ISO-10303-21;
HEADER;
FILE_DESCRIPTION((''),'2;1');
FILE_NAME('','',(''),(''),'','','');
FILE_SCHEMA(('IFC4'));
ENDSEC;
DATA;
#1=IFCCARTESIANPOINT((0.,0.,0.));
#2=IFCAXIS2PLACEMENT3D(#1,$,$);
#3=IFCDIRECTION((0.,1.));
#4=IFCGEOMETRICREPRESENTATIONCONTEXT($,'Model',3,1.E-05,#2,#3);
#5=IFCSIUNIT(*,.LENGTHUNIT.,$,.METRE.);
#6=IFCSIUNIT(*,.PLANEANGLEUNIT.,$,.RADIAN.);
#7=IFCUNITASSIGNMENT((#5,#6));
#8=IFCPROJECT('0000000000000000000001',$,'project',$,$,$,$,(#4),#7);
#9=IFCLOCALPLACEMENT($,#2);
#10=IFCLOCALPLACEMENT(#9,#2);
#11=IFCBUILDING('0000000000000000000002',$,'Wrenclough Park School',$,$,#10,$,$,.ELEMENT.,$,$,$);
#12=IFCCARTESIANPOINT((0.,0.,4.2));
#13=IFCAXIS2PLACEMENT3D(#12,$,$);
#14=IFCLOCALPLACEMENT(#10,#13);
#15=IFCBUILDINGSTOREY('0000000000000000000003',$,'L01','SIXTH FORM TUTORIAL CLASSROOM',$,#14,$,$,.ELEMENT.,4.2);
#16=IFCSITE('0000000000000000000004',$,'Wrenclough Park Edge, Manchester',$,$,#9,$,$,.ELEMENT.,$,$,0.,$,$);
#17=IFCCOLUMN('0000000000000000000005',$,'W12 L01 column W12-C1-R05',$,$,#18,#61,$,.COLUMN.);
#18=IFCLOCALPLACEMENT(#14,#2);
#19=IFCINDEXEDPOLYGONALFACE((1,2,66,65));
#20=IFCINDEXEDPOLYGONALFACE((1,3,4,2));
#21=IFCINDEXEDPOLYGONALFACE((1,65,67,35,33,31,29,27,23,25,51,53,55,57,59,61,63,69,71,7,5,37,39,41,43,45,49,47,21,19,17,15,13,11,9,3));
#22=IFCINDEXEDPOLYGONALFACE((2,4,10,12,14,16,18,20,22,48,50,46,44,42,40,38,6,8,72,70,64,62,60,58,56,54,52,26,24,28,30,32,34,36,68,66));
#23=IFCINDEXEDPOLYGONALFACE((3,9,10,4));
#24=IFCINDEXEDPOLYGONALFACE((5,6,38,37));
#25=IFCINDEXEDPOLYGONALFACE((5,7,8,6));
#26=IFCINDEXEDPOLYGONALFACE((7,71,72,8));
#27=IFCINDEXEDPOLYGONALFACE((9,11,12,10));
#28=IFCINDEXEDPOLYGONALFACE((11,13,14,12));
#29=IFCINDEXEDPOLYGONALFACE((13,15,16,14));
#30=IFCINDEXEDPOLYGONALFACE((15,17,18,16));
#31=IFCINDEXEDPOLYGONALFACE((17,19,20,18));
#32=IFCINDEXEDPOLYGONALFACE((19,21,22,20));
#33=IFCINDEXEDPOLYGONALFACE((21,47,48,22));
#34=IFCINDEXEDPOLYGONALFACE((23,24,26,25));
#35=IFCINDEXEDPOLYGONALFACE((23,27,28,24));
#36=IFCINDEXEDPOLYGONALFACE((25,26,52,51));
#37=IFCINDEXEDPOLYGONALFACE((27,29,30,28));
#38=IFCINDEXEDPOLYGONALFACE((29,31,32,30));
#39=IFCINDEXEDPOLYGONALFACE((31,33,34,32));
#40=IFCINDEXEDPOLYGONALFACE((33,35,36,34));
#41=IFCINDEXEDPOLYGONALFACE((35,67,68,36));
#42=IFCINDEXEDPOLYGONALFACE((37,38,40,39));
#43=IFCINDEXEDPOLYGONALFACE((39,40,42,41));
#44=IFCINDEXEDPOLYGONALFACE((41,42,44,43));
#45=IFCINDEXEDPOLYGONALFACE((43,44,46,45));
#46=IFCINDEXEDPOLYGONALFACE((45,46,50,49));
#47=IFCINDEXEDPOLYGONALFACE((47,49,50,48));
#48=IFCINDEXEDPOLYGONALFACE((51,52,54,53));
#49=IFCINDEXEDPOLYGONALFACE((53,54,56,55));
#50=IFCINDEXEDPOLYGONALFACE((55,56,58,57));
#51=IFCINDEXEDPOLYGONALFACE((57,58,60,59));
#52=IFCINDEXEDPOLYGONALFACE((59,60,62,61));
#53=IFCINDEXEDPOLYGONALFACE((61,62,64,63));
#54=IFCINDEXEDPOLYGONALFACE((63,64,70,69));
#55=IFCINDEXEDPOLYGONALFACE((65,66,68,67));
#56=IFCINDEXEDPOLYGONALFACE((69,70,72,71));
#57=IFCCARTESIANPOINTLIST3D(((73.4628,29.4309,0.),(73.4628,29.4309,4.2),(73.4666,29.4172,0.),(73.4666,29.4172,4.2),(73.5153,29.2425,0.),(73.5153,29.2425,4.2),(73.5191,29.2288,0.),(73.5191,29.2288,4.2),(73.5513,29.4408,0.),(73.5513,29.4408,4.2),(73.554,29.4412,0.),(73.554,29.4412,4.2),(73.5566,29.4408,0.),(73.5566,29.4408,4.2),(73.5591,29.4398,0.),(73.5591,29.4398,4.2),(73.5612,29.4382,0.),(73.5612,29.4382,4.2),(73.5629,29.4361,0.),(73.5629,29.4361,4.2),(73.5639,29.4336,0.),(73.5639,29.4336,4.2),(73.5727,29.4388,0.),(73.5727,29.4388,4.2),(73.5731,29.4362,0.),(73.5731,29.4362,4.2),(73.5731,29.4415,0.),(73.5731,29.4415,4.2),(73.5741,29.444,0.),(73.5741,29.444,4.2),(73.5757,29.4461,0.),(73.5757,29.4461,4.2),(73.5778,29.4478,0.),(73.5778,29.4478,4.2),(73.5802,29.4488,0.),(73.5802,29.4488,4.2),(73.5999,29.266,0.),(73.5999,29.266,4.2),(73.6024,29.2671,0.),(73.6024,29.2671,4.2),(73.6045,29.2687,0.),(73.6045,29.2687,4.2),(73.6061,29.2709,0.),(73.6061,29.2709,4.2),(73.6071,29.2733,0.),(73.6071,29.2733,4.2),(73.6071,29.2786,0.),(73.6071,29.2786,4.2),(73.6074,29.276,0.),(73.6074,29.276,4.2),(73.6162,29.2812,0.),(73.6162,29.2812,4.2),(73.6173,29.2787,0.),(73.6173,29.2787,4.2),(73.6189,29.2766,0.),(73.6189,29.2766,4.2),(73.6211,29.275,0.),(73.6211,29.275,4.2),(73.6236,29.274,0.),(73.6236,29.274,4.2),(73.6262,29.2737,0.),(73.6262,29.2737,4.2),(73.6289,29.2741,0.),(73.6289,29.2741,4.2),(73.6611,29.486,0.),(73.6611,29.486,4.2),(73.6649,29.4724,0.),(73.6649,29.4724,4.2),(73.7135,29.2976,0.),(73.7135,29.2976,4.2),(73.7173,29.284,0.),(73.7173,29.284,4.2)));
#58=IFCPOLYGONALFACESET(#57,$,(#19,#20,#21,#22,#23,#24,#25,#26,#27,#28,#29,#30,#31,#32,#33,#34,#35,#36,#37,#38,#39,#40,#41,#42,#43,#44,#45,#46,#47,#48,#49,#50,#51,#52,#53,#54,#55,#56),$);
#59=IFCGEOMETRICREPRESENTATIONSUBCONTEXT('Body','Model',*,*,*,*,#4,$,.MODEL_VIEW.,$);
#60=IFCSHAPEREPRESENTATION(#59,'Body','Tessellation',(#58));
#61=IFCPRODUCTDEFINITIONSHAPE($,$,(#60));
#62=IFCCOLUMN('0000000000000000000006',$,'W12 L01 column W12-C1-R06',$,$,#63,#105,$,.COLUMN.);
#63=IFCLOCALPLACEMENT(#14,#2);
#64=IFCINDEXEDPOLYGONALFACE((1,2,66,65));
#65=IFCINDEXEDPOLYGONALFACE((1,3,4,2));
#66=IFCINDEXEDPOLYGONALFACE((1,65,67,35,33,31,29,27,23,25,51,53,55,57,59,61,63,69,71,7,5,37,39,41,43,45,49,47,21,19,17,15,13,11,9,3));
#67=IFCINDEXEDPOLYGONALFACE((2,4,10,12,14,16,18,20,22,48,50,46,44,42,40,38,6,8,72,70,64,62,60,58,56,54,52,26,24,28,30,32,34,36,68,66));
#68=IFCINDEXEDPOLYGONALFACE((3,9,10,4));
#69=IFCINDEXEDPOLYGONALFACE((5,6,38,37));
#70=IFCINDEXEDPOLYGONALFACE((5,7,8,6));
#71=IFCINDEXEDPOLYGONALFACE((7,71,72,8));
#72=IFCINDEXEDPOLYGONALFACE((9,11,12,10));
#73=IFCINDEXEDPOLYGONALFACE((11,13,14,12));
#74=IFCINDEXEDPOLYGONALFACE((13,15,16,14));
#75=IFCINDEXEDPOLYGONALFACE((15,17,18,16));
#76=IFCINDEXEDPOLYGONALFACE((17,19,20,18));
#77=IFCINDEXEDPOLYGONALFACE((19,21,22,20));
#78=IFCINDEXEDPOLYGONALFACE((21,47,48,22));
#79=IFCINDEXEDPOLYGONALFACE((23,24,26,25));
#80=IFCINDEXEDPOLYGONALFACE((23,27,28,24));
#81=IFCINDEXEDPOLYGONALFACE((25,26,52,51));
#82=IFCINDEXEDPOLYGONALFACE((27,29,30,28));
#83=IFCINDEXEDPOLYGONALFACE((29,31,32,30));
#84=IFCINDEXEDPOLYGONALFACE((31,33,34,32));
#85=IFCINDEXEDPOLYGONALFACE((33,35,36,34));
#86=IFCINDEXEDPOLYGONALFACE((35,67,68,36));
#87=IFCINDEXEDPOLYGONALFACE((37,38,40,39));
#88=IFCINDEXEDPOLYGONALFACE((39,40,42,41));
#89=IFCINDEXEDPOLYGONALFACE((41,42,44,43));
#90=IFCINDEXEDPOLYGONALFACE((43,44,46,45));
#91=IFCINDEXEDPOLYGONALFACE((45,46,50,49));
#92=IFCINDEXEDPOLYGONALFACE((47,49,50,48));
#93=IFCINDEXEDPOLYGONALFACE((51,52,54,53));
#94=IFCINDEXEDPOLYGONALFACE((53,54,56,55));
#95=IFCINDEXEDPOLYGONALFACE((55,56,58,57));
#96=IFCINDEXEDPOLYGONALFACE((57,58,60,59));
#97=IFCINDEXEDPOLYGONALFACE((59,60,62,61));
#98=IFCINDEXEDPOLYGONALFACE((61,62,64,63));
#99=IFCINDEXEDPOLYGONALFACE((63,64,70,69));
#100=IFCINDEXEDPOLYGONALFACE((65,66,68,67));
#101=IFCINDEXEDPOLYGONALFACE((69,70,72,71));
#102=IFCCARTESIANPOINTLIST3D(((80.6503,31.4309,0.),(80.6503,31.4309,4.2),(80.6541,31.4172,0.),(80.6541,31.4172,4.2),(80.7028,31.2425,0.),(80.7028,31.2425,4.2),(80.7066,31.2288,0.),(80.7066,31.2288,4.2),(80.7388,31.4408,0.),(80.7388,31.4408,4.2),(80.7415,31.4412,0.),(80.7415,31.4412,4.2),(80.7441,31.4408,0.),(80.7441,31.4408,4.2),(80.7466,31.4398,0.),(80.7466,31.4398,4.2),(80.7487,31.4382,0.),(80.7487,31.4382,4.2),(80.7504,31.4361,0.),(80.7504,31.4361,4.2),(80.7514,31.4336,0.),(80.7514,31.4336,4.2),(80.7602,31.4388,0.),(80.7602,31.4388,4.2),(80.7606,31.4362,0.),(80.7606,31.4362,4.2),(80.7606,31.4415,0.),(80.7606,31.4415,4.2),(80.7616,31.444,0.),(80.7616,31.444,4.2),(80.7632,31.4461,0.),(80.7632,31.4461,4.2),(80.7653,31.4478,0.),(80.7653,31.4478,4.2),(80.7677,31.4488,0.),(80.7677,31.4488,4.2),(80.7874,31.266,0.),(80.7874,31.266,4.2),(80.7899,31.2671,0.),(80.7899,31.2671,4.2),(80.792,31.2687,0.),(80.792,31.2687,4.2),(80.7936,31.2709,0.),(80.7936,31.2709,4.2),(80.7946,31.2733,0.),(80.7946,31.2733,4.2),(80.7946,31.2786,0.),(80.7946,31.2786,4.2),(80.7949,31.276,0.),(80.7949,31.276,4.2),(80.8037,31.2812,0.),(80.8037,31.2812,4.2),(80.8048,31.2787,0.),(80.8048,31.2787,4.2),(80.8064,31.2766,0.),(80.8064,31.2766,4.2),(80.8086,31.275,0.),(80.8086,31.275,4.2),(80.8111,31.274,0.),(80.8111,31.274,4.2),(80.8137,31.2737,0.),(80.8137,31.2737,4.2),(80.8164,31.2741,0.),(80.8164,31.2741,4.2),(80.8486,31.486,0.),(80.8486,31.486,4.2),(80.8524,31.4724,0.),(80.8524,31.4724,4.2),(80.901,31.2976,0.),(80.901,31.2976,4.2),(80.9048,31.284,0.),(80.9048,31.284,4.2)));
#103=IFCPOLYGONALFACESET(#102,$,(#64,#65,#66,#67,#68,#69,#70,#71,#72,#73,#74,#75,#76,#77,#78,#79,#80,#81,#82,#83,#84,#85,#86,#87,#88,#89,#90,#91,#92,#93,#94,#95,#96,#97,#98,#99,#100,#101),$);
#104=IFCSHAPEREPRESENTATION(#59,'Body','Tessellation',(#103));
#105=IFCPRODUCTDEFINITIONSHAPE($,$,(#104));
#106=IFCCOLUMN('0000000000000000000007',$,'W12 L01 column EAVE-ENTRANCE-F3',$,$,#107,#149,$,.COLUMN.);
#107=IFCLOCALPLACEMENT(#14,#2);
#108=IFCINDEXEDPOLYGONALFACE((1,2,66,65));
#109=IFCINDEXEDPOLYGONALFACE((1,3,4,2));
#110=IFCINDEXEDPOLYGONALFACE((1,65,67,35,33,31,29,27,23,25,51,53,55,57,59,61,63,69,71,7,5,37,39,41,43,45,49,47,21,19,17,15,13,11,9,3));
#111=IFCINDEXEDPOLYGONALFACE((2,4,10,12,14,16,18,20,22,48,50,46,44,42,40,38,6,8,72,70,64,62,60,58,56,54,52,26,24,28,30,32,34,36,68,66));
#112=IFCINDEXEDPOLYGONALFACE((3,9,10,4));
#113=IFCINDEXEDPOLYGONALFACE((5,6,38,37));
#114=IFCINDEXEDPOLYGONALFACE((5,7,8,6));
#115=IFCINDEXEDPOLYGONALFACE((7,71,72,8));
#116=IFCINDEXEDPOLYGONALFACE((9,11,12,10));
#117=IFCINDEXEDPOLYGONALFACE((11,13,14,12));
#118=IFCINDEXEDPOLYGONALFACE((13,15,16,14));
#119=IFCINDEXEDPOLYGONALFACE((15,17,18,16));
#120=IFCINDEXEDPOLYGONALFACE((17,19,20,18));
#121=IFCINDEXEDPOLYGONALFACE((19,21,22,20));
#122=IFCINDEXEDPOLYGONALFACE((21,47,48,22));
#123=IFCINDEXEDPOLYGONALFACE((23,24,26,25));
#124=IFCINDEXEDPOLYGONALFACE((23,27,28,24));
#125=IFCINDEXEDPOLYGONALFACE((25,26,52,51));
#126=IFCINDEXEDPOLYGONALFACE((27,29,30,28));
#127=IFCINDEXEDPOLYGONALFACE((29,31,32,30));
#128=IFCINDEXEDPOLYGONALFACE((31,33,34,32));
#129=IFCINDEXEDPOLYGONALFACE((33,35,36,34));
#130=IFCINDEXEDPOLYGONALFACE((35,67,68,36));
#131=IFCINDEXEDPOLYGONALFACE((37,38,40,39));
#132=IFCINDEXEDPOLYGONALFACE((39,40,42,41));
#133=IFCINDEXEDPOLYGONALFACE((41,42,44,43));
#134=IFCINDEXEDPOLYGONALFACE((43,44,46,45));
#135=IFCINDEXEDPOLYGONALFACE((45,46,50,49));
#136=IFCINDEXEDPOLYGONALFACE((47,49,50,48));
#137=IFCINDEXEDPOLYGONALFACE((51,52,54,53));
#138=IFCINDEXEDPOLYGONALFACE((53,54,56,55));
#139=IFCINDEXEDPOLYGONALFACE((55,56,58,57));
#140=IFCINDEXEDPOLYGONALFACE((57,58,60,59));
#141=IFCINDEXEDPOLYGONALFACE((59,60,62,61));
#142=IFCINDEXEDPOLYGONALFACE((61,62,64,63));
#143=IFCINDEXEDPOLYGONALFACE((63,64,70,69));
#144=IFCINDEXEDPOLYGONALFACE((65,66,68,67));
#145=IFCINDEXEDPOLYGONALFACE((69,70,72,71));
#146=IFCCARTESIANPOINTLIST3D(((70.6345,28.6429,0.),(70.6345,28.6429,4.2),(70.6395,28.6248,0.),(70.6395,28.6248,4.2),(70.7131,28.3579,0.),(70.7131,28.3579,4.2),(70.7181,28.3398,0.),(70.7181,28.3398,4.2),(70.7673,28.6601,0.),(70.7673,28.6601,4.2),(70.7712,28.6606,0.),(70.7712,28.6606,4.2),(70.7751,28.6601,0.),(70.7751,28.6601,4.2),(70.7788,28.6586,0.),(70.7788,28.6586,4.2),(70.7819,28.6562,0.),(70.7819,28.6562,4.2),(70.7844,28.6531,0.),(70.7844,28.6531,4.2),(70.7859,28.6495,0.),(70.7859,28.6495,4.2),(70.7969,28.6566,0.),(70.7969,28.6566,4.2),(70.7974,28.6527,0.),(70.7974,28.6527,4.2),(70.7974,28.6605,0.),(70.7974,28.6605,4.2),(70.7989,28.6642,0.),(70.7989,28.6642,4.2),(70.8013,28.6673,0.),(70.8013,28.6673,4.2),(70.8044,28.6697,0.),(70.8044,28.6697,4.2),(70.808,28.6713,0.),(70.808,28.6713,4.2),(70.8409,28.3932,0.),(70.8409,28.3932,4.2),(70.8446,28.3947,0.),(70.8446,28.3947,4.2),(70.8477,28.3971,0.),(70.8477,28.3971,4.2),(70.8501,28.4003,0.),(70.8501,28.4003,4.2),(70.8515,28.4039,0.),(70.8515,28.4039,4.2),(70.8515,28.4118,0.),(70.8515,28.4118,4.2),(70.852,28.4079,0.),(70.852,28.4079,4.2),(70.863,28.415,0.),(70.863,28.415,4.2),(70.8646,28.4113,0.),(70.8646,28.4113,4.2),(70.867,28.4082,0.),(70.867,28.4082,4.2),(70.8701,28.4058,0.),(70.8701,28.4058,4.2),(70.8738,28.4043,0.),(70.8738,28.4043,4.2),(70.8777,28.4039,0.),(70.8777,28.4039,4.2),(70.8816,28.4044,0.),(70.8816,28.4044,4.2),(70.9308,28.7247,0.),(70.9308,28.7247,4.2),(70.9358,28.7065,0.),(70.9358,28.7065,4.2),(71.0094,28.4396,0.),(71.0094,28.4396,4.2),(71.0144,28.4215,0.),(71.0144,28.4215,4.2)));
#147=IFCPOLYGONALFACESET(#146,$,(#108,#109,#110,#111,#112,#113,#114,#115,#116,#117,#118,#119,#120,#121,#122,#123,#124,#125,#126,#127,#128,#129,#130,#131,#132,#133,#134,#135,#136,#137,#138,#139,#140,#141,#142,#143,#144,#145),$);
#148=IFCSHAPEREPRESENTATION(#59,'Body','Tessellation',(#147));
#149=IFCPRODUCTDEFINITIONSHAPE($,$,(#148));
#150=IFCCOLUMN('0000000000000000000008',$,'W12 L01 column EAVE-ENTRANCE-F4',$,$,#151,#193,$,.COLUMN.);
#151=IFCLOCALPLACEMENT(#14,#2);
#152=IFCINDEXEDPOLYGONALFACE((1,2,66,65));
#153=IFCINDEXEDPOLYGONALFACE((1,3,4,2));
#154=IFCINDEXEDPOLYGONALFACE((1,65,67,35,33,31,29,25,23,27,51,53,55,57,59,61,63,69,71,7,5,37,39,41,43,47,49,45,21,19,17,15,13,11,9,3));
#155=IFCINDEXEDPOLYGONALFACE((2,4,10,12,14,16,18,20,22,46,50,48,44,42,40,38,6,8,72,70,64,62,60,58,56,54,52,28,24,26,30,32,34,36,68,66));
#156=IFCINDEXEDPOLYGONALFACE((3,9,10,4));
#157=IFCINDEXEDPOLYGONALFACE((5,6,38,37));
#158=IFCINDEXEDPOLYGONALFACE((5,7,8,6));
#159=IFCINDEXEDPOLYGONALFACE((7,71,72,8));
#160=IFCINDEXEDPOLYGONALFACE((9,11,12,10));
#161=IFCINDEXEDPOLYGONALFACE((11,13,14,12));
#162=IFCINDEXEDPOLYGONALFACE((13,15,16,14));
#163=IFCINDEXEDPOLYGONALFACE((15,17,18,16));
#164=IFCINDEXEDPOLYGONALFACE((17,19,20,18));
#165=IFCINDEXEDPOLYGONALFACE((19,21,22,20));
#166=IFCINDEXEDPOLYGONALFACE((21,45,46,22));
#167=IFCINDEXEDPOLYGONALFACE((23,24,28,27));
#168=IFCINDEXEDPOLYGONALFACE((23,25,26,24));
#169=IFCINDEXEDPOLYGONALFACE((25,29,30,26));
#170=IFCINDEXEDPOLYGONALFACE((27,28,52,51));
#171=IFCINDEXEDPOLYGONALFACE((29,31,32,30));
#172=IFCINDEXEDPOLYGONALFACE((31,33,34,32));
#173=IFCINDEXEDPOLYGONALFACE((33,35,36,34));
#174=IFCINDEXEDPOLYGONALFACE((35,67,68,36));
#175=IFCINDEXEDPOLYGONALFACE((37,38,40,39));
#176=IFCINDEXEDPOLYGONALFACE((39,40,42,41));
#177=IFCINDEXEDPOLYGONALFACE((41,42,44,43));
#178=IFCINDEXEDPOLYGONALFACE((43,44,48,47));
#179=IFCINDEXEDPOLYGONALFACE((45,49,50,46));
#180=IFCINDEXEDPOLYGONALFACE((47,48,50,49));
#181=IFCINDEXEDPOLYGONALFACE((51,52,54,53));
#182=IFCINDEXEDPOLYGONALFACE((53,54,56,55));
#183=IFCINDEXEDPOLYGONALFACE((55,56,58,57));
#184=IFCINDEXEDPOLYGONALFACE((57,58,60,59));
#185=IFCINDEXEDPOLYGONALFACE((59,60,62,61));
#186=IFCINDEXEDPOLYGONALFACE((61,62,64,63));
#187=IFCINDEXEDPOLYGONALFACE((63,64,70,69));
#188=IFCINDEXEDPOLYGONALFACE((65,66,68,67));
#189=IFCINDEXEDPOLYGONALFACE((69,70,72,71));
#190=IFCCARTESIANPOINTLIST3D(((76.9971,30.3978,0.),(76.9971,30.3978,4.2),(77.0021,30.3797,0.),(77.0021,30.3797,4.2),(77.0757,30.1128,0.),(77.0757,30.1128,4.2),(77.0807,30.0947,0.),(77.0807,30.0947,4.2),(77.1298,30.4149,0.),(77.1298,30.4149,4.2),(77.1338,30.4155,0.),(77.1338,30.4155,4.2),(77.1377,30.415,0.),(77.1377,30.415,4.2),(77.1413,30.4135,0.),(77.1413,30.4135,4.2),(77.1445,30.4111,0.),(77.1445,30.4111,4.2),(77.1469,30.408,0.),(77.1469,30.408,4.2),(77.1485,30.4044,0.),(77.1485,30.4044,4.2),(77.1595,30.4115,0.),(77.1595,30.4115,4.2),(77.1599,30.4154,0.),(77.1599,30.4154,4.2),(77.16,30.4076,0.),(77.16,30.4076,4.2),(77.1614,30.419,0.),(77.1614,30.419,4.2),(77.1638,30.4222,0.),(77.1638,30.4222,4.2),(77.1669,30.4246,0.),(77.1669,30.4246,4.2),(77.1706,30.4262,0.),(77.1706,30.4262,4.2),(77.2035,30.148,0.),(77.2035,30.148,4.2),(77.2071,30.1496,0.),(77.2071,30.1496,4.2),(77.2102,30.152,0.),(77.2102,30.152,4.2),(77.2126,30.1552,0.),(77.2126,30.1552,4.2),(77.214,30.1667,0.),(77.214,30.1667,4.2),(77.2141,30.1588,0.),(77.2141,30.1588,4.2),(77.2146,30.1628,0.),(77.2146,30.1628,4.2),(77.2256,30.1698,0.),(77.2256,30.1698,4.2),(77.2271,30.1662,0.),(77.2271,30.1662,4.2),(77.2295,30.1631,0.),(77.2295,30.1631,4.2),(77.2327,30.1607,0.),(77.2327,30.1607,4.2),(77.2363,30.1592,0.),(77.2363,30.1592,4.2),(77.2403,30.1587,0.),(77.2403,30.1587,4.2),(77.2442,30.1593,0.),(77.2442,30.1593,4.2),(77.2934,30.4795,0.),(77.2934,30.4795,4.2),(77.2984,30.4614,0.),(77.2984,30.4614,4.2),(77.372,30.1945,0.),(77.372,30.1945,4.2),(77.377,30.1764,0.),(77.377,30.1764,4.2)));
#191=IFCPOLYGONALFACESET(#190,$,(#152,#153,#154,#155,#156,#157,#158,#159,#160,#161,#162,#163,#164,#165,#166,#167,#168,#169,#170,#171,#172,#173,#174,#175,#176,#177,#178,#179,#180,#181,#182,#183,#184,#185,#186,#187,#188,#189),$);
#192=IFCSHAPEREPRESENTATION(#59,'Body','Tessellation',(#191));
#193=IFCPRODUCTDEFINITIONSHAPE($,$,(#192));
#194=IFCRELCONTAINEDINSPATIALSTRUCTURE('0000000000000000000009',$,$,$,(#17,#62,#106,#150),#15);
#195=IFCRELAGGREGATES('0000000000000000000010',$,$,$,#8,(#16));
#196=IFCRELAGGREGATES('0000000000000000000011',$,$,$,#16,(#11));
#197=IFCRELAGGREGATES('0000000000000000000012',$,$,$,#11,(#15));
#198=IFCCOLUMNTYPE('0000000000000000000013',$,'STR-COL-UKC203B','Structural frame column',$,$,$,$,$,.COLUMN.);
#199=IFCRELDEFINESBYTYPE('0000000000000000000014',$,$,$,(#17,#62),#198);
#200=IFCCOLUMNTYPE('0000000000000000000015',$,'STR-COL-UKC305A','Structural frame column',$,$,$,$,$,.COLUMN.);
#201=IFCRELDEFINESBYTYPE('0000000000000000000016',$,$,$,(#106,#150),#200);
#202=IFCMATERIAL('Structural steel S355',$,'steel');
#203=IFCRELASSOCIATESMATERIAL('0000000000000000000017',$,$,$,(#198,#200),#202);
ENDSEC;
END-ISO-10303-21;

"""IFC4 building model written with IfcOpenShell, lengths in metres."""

from ifc_helpers import new_model, si_unit, direction, frame, origin, origin_2d, place, context, subcontext, project, spatial, i_section, extrude, material, material_profile, profile_set, type_object, element, save


model = new_model("IFC4")

# Units and contexts
model_context = context("Model", 3, precision=1e-05, world=origin(), true_north=direction((0.0, 1.0)))
body_context = subcontext(model_context, "Body", "Model", "MODEL_VIEW")
ifc_project = project(units=[si_unit("LENGTHUNIT", "METRE"), si_unit("PLANEANGLEUNIT", "RADIAN")], contexts=[model_context])

# Site, building, storey
site_placement = place(None, origin())
site = spatial("IfcSite", under=ifc_project, at=site_placement, Name="Wrenclough Park Edge, Manchester", CompositionType="ELEMENT", RefElevation=0.0)
building_placement = place(site_placement, origin())
building = spatial("IfcBuilding", under=site, at=building_placement, Name="Wrenclough Park School", CompositionType="ELEMENT")
storey_placement = place(building_placement, frame((0.0, 0.0, 4.2)))
storey = spatial("IfcBuildingStorey", under=building, at=storey_placement, Name="L01", Description="SIXTH FORM TUTORIAL CLASSROOM", CompositionType="ELEMENT", Elevation=4.2)

# Columns
ifc_material_1 = material(Name="Structural steel S355", Category="steel")
ifc_material_profile_1 = material_profile(ifc_material_1, i_section(OverallWidth=0.2058, OverallDepth=0.2097, WebThickness=0.0095, FlangeThickness=0.0142, FilletRadius=0.0103, at=origin_2d()), Name="UKC 203x203x60")
ifc_profile_set_1 = profile_set([ifc_material_profile_1], Name="Structural steel S355")
column_type_1 = type_object("IfcColumnType", Name="STR-COL-UKC203B", Description="Structural frame column", PredefinedType="COLUMN", material=ifc_profile_set_1)
for number, where, z_axis, x_axis, name in (
    (1, (73.5901, 29.3574, 0.0), (0.0, 0.0, 1.0), (0.963397, 0.268079, 0.0), "W12 L01 column W12-C1-R05"),
    (2, (80.7776, 31.3574, 0.0), (0.0, 0.0, 1.0), (0.963397, 0.268079, 0.0), "W12 L01 column W12-C1-R06"),
):
    element("IfcColumn", number, at=place(storey_placement, frame(where, z_axis=z_axis, x_axis=x_axis)), inside=storey, type_object=column_type_1, Name=name, PredefinedType="COLUMN", context=body_context, shape_type="SweptSolid", body=[
        extrude(i_section(OverallWidth=0.2058, OverallDepth=0.2097, WebThickness=0.0095, FlangeThickness=0.0142, FilletRadius=0.0103, at=origin_2d()), origin(), (0.0, 0.0, 1.0), 4.2),
    ])
ifc_material_profile_2 = material_profile(ifc_material_1, i_section(OverallWidth=0.3074, OverallDepth=0.3145, WebThickness=0.012, FlangeThickness=0.0188, FilletRadius=0.0151, at=origin_2d()), Name="UKC 305x305x118")
ifc_profile_set_2 = profile_set([ifc_material_profile_2], Name="Structural steel S355")
column_type_2 = type_object("IfcColumnType", Name="STR-COL-UKC305A", Description="Structural frame column", PredefinedType="COLUMN", material=ifc_profile_set_2)
for number, where, z_axis, x_axis, name in (
    (3, (70.8245, 28.5322, 0.0), (0.0, 0.0, 1.0), (0.964003, 0.265893, 0.0), "W12 L01 column EAVE-ENTRANCE-F3"),
    (4, (77.187, 30.2871, 0.0), (0.0, 0.0, 1.0), (0.964003, 0.265893, 0.0), "W12 L01 column EAVE-ENTRANCE-F4"),
):
    element("IfcColumn", number, at=place(storey_placement, frame(where, z_axis=z_axis, x_axis=x_axis)), inside=storey, type_object=column_type_2, Name=name, PredefinedType="COLUMN", context=body_context, shape_type="SweptSolid", body=[
        extrude(i_section(OverallWidth=0.3074, OverallDepth=0.3145, WebThickness=0.012, FlangeThickness=0.0188, FilletRadius=0.0151, at=origin_2d()), origin(), (0.0, 0.0, 1.0), 4.2),
    ])

save(model, "model.ifc")
